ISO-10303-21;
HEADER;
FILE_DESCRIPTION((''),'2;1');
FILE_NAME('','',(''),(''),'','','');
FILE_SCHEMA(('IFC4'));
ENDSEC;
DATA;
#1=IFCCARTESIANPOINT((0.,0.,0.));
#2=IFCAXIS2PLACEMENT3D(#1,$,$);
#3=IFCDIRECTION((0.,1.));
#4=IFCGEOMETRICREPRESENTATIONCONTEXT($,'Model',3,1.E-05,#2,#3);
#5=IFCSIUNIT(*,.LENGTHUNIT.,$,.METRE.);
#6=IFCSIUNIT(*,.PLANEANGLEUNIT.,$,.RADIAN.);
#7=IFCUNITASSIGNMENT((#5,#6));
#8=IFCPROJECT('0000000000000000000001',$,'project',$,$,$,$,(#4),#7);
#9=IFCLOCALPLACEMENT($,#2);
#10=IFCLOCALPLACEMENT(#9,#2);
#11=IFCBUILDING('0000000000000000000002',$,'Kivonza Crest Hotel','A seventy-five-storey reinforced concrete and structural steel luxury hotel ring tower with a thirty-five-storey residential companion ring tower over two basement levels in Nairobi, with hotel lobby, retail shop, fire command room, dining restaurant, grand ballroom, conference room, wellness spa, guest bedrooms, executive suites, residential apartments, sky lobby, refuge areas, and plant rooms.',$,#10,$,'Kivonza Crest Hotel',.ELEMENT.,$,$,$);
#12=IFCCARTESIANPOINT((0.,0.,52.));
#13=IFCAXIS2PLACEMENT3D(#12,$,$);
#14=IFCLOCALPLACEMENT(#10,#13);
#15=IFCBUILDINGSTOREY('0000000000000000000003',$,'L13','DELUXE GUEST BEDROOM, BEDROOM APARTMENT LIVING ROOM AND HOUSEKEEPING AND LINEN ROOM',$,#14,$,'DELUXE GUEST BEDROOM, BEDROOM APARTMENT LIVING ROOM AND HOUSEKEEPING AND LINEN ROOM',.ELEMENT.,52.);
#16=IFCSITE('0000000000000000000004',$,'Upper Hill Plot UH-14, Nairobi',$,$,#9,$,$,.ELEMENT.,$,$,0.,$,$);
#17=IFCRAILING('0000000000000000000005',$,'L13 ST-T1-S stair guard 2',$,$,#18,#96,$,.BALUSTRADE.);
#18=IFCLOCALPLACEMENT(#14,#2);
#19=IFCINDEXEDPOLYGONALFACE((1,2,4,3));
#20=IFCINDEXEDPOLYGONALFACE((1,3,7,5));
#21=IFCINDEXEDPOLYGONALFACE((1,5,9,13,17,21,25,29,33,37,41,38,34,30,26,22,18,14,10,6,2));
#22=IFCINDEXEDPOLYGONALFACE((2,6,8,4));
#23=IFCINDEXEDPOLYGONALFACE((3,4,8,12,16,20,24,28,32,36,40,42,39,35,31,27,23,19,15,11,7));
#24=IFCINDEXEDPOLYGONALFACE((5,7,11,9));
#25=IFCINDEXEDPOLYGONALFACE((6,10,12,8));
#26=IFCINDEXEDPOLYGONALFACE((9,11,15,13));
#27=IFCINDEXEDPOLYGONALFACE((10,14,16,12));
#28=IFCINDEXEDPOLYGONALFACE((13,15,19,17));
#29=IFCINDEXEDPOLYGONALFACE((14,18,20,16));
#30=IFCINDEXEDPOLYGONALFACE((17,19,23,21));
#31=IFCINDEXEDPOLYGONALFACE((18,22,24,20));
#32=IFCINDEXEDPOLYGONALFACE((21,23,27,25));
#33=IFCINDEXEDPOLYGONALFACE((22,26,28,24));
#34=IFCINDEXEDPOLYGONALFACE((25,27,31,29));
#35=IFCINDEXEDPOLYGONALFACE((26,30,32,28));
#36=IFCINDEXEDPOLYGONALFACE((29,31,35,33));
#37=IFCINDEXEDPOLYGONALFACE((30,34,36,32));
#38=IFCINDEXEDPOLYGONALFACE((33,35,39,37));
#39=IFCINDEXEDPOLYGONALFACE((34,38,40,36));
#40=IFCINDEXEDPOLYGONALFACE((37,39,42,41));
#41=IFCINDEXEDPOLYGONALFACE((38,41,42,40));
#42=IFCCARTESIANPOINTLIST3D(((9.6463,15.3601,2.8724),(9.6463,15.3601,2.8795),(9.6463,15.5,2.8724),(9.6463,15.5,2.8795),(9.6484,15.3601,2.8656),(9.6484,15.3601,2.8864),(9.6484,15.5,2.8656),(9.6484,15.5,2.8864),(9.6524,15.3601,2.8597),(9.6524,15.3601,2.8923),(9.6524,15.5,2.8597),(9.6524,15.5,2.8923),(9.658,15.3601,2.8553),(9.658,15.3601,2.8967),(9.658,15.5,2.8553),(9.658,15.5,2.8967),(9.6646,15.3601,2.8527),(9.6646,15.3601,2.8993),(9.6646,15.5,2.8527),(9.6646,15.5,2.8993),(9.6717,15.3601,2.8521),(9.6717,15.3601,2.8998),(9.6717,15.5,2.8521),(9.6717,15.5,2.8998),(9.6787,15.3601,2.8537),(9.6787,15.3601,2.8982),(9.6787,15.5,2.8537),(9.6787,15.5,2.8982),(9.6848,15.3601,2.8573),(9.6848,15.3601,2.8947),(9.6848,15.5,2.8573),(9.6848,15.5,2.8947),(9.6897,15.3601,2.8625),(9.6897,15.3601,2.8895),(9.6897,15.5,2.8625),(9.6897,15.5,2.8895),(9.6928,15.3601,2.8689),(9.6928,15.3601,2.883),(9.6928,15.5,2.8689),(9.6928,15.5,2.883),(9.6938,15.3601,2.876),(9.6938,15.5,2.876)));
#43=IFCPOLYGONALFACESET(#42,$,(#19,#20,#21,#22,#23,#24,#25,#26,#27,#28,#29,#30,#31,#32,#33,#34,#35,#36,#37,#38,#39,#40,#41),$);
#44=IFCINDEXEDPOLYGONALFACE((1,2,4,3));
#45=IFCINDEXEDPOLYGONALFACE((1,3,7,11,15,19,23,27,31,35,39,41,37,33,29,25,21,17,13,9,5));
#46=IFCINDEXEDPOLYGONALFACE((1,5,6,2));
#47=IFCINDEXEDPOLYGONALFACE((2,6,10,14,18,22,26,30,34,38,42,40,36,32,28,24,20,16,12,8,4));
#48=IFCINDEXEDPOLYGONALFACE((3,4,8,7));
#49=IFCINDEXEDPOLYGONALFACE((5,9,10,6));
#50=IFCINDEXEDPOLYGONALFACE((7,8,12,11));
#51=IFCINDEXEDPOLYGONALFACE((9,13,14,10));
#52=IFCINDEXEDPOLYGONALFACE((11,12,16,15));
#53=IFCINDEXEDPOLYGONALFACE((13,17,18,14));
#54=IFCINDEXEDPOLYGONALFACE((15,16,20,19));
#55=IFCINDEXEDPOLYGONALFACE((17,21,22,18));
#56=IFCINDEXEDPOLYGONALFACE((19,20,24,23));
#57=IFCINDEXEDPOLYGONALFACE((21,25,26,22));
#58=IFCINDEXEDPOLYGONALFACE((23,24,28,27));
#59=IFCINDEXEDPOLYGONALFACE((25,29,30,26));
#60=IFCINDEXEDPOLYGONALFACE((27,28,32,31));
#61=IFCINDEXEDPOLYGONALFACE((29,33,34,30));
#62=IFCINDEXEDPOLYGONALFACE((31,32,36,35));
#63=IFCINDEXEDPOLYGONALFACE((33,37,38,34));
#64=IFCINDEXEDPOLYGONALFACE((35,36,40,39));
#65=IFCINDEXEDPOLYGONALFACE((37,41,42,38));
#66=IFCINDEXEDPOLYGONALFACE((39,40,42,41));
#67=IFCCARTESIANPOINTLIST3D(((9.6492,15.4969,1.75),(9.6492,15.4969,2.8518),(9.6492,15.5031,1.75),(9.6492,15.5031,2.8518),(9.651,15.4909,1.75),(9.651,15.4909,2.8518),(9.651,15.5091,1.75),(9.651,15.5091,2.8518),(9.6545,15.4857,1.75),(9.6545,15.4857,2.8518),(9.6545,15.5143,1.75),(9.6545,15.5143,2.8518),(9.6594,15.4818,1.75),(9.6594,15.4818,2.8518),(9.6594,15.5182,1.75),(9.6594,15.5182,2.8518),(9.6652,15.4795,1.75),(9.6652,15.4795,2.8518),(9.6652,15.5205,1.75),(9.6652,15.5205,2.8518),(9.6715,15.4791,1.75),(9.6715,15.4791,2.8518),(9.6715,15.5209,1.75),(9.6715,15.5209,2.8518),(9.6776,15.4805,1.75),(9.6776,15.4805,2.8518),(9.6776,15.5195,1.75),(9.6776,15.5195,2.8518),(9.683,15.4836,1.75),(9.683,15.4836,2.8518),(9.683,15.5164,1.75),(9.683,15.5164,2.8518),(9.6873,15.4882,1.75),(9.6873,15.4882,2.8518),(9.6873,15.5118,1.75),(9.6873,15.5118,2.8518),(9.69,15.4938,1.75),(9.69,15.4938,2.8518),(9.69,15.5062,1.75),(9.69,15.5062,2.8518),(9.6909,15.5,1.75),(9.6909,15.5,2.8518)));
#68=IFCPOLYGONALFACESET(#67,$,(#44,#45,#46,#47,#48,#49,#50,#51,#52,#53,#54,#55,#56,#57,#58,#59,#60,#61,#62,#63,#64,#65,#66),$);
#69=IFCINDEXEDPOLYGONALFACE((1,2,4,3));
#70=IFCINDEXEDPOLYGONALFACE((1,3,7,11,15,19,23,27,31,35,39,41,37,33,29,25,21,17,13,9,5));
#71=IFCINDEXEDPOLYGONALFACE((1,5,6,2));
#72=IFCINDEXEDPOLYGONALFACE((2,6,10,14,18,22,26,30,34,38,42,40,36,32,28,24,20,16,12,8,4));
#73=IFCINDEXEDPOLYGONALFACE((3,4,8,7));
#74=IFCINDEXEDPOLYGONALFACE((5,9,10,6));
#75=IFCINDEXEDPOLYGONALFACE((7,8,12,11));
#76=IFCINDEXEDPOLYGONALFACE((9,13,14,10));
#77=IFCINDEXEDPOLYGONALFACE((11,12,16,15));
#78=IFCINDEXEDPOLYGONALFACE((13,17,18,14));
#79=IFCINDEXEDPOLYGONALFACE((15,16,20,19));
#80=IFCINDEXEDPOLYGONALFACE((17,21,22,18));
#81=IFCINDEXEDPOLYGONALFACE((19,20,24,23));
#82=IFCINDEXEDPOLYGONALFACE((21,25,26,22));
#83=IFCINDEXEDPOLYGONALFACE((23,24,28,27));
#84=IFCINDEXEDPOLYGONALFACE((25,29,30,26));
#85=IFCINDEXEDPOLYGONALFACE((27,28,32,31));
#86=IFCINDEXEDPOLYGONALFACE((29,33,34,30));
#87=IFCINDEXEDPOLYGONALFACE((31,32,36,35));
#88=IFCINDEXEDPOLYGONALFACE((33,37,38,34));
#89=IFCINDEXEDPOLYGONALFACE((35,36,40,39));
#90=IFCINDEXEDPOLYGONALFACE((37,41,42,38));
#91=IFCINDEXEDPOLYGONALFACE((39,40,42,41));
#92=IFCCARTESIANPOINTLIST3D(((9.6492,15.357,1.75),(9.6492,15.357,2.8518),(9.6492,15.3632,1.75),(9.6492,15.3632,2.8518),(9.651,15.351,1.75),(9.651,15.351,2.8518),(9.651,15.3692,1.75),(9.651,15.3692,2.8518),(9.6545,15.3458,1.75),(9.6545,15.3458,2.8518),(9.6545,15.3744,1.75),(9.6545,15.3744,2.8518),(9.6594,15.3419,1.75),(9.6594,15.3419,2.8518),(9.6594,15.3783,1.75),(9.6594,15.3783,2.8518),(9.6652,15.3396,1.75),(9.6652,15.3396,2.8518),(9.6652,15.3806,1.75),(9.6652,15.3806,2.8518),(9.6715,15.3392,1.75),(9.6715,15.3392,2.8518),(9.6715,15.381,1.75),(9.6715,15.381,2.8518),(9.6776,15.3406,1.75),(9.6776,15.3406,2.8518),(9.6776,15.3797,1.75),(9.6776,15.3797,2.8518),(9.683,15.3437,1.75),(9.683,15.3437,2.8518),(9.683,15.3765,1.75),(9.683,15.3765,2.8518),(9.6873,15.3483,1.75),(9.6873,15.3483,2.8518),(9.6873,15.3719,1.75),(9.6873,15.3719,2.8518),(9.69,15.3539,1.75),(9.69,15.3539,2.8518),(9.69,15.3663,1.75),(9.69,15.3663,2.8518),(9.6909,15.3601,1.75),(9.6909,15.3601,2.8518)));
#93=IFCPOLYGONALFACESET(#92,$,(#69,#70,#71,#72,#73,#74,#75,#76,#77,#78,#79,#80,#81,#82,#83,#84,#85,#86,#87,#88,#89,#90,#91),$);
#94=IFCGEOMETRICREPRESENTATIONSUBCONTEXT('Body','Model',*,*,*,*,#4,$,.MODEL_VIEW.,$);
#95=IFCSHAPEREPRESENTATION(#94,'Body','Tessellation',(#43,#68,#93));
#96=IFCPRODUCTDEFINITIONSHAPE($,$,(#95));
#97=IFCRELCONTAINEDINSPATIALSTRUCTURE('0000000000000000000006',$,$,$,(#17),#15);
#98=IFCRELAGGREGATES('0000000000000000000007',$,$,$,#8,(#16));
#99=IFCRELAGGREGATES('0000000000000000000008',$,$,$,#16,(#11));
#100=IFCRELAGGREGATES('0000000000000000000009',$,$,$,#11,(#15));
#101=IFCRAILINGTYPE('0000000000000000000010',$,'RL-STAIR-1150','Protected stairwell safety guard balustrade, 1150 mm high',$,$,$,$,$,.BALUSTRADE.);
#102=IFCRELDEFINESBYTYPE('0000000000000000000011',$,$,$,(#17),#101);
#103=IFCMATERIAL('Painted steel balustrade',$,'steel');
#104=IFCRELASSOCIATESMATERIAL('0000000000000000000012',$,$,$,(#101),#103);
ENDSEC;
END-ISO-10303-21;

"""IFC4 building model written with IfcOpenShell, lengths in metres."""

from ifc_helpers import new_model, si_unit, direction, frame, origin, origin_2d, place, context, subcontext, project, spatial, circle, extrude, material, type_object, element, save


model = new_model("IFC4")

# Units and contexts
model_context = context("Model", 3, precision=1e-05, world=origin(), true_north=direction((0.0, 1.0)))
body_context = subcontext(model_context, "Body", "Model", "MODEL_VIEW")
ifc_project = project(units=[si_unit("LENGTHUNIT", "METRE"), si_unit("PLANEANGLEUNIT", "RADIAN")], contexts=[model_context])

# Site, building, storey
site_placement = place(None, origin())
site = spatial("IfcSite", under=ifc_project, at=site_placement, Name="Upper Hill Plot UH-14, Nairobi", CompositionType="ELEMENT", RefElevation=0.0)
building_placement = place(site_placement, origin())
building = spatial("IfcBuilding", under=site, at=building_placement, Name="Kivonza Crest Hotel", Description="A seventy-five-storey reinforced concrete and structural steel luxury hotel ring tower with a thirty-five-storey residential companion ring tower over two basement levels in Nairobi, with hotel lobby, retail shop, fire command room, dining restaurant, grand ballroom, conference room, wellness spa, guest bedrooms, executive suites, residential apartments, sky lobby, refuge areas, and plant rooms.", LongName="Kivonza Crest Hotel", CompositionType="ELEMENT")
storey_placement = place(building_placement, frame((0.0, 0.0, 52.0)))
storey = spatial("IfcBuildingStorey", under=building, at=storey_placement, Name="L13", Description="DELUXE GUEST BEDROOM, BEDROOM APARTMENT LIVING ROOM AND HOUSEKEEPING AND LINEN ROOM", LongName="DELUXE GUEST BEDROOM, BEDROOM APARTMENT LIVING ROOM AND HOUSEKEEPING AND LINEN ROOM", CompositionType="ELEMENT", Elevation=52.0)

# Railing
ifc_material_1 = material(Name="Painted steel balustrade", Category="steel")
railing_type_1 = type_object("IfcRailingType", Name="RL-STAIR-1150", Description="Protected stairwell safety guard balustrade, 1150 mm high", PredefinedType="BALUSTRADE", material=ifc_material_1)
railing_1_placement = place(storey_placement, frame((9.6699, 15.5, 1.75)))
element("IfcRailing", 1, at=railing_1_placement, inside=storey, type_object=railing_type_1, Name="L13 ST-T1-S stair guard 2", PredefinedType="BALUSTRADE", context=body_context, shape_type="SweptSolid", body=[
    extrude(circle(Radius=0.0239, at=origin_2d()), frame((0.0, 0.0, 1.126), z_axis=(0.0, -1.0, 0.0), x_axis=(1.0, 0.0, 0.0)), (0.0, 0.0, 1.0), 0.1399),
    extrude(circle(Radius=0.021, at=origin_2d()), origin(), (0.0, 0.0, 1.0), 1.1018),
    extrude(circle(Radius=0.021, at=origin_2d()), frame((0.0, -0.1399, 0.0)), (0.0, 0.0, 1.0), 1.1018),
])

save(model, "model.ifc")
